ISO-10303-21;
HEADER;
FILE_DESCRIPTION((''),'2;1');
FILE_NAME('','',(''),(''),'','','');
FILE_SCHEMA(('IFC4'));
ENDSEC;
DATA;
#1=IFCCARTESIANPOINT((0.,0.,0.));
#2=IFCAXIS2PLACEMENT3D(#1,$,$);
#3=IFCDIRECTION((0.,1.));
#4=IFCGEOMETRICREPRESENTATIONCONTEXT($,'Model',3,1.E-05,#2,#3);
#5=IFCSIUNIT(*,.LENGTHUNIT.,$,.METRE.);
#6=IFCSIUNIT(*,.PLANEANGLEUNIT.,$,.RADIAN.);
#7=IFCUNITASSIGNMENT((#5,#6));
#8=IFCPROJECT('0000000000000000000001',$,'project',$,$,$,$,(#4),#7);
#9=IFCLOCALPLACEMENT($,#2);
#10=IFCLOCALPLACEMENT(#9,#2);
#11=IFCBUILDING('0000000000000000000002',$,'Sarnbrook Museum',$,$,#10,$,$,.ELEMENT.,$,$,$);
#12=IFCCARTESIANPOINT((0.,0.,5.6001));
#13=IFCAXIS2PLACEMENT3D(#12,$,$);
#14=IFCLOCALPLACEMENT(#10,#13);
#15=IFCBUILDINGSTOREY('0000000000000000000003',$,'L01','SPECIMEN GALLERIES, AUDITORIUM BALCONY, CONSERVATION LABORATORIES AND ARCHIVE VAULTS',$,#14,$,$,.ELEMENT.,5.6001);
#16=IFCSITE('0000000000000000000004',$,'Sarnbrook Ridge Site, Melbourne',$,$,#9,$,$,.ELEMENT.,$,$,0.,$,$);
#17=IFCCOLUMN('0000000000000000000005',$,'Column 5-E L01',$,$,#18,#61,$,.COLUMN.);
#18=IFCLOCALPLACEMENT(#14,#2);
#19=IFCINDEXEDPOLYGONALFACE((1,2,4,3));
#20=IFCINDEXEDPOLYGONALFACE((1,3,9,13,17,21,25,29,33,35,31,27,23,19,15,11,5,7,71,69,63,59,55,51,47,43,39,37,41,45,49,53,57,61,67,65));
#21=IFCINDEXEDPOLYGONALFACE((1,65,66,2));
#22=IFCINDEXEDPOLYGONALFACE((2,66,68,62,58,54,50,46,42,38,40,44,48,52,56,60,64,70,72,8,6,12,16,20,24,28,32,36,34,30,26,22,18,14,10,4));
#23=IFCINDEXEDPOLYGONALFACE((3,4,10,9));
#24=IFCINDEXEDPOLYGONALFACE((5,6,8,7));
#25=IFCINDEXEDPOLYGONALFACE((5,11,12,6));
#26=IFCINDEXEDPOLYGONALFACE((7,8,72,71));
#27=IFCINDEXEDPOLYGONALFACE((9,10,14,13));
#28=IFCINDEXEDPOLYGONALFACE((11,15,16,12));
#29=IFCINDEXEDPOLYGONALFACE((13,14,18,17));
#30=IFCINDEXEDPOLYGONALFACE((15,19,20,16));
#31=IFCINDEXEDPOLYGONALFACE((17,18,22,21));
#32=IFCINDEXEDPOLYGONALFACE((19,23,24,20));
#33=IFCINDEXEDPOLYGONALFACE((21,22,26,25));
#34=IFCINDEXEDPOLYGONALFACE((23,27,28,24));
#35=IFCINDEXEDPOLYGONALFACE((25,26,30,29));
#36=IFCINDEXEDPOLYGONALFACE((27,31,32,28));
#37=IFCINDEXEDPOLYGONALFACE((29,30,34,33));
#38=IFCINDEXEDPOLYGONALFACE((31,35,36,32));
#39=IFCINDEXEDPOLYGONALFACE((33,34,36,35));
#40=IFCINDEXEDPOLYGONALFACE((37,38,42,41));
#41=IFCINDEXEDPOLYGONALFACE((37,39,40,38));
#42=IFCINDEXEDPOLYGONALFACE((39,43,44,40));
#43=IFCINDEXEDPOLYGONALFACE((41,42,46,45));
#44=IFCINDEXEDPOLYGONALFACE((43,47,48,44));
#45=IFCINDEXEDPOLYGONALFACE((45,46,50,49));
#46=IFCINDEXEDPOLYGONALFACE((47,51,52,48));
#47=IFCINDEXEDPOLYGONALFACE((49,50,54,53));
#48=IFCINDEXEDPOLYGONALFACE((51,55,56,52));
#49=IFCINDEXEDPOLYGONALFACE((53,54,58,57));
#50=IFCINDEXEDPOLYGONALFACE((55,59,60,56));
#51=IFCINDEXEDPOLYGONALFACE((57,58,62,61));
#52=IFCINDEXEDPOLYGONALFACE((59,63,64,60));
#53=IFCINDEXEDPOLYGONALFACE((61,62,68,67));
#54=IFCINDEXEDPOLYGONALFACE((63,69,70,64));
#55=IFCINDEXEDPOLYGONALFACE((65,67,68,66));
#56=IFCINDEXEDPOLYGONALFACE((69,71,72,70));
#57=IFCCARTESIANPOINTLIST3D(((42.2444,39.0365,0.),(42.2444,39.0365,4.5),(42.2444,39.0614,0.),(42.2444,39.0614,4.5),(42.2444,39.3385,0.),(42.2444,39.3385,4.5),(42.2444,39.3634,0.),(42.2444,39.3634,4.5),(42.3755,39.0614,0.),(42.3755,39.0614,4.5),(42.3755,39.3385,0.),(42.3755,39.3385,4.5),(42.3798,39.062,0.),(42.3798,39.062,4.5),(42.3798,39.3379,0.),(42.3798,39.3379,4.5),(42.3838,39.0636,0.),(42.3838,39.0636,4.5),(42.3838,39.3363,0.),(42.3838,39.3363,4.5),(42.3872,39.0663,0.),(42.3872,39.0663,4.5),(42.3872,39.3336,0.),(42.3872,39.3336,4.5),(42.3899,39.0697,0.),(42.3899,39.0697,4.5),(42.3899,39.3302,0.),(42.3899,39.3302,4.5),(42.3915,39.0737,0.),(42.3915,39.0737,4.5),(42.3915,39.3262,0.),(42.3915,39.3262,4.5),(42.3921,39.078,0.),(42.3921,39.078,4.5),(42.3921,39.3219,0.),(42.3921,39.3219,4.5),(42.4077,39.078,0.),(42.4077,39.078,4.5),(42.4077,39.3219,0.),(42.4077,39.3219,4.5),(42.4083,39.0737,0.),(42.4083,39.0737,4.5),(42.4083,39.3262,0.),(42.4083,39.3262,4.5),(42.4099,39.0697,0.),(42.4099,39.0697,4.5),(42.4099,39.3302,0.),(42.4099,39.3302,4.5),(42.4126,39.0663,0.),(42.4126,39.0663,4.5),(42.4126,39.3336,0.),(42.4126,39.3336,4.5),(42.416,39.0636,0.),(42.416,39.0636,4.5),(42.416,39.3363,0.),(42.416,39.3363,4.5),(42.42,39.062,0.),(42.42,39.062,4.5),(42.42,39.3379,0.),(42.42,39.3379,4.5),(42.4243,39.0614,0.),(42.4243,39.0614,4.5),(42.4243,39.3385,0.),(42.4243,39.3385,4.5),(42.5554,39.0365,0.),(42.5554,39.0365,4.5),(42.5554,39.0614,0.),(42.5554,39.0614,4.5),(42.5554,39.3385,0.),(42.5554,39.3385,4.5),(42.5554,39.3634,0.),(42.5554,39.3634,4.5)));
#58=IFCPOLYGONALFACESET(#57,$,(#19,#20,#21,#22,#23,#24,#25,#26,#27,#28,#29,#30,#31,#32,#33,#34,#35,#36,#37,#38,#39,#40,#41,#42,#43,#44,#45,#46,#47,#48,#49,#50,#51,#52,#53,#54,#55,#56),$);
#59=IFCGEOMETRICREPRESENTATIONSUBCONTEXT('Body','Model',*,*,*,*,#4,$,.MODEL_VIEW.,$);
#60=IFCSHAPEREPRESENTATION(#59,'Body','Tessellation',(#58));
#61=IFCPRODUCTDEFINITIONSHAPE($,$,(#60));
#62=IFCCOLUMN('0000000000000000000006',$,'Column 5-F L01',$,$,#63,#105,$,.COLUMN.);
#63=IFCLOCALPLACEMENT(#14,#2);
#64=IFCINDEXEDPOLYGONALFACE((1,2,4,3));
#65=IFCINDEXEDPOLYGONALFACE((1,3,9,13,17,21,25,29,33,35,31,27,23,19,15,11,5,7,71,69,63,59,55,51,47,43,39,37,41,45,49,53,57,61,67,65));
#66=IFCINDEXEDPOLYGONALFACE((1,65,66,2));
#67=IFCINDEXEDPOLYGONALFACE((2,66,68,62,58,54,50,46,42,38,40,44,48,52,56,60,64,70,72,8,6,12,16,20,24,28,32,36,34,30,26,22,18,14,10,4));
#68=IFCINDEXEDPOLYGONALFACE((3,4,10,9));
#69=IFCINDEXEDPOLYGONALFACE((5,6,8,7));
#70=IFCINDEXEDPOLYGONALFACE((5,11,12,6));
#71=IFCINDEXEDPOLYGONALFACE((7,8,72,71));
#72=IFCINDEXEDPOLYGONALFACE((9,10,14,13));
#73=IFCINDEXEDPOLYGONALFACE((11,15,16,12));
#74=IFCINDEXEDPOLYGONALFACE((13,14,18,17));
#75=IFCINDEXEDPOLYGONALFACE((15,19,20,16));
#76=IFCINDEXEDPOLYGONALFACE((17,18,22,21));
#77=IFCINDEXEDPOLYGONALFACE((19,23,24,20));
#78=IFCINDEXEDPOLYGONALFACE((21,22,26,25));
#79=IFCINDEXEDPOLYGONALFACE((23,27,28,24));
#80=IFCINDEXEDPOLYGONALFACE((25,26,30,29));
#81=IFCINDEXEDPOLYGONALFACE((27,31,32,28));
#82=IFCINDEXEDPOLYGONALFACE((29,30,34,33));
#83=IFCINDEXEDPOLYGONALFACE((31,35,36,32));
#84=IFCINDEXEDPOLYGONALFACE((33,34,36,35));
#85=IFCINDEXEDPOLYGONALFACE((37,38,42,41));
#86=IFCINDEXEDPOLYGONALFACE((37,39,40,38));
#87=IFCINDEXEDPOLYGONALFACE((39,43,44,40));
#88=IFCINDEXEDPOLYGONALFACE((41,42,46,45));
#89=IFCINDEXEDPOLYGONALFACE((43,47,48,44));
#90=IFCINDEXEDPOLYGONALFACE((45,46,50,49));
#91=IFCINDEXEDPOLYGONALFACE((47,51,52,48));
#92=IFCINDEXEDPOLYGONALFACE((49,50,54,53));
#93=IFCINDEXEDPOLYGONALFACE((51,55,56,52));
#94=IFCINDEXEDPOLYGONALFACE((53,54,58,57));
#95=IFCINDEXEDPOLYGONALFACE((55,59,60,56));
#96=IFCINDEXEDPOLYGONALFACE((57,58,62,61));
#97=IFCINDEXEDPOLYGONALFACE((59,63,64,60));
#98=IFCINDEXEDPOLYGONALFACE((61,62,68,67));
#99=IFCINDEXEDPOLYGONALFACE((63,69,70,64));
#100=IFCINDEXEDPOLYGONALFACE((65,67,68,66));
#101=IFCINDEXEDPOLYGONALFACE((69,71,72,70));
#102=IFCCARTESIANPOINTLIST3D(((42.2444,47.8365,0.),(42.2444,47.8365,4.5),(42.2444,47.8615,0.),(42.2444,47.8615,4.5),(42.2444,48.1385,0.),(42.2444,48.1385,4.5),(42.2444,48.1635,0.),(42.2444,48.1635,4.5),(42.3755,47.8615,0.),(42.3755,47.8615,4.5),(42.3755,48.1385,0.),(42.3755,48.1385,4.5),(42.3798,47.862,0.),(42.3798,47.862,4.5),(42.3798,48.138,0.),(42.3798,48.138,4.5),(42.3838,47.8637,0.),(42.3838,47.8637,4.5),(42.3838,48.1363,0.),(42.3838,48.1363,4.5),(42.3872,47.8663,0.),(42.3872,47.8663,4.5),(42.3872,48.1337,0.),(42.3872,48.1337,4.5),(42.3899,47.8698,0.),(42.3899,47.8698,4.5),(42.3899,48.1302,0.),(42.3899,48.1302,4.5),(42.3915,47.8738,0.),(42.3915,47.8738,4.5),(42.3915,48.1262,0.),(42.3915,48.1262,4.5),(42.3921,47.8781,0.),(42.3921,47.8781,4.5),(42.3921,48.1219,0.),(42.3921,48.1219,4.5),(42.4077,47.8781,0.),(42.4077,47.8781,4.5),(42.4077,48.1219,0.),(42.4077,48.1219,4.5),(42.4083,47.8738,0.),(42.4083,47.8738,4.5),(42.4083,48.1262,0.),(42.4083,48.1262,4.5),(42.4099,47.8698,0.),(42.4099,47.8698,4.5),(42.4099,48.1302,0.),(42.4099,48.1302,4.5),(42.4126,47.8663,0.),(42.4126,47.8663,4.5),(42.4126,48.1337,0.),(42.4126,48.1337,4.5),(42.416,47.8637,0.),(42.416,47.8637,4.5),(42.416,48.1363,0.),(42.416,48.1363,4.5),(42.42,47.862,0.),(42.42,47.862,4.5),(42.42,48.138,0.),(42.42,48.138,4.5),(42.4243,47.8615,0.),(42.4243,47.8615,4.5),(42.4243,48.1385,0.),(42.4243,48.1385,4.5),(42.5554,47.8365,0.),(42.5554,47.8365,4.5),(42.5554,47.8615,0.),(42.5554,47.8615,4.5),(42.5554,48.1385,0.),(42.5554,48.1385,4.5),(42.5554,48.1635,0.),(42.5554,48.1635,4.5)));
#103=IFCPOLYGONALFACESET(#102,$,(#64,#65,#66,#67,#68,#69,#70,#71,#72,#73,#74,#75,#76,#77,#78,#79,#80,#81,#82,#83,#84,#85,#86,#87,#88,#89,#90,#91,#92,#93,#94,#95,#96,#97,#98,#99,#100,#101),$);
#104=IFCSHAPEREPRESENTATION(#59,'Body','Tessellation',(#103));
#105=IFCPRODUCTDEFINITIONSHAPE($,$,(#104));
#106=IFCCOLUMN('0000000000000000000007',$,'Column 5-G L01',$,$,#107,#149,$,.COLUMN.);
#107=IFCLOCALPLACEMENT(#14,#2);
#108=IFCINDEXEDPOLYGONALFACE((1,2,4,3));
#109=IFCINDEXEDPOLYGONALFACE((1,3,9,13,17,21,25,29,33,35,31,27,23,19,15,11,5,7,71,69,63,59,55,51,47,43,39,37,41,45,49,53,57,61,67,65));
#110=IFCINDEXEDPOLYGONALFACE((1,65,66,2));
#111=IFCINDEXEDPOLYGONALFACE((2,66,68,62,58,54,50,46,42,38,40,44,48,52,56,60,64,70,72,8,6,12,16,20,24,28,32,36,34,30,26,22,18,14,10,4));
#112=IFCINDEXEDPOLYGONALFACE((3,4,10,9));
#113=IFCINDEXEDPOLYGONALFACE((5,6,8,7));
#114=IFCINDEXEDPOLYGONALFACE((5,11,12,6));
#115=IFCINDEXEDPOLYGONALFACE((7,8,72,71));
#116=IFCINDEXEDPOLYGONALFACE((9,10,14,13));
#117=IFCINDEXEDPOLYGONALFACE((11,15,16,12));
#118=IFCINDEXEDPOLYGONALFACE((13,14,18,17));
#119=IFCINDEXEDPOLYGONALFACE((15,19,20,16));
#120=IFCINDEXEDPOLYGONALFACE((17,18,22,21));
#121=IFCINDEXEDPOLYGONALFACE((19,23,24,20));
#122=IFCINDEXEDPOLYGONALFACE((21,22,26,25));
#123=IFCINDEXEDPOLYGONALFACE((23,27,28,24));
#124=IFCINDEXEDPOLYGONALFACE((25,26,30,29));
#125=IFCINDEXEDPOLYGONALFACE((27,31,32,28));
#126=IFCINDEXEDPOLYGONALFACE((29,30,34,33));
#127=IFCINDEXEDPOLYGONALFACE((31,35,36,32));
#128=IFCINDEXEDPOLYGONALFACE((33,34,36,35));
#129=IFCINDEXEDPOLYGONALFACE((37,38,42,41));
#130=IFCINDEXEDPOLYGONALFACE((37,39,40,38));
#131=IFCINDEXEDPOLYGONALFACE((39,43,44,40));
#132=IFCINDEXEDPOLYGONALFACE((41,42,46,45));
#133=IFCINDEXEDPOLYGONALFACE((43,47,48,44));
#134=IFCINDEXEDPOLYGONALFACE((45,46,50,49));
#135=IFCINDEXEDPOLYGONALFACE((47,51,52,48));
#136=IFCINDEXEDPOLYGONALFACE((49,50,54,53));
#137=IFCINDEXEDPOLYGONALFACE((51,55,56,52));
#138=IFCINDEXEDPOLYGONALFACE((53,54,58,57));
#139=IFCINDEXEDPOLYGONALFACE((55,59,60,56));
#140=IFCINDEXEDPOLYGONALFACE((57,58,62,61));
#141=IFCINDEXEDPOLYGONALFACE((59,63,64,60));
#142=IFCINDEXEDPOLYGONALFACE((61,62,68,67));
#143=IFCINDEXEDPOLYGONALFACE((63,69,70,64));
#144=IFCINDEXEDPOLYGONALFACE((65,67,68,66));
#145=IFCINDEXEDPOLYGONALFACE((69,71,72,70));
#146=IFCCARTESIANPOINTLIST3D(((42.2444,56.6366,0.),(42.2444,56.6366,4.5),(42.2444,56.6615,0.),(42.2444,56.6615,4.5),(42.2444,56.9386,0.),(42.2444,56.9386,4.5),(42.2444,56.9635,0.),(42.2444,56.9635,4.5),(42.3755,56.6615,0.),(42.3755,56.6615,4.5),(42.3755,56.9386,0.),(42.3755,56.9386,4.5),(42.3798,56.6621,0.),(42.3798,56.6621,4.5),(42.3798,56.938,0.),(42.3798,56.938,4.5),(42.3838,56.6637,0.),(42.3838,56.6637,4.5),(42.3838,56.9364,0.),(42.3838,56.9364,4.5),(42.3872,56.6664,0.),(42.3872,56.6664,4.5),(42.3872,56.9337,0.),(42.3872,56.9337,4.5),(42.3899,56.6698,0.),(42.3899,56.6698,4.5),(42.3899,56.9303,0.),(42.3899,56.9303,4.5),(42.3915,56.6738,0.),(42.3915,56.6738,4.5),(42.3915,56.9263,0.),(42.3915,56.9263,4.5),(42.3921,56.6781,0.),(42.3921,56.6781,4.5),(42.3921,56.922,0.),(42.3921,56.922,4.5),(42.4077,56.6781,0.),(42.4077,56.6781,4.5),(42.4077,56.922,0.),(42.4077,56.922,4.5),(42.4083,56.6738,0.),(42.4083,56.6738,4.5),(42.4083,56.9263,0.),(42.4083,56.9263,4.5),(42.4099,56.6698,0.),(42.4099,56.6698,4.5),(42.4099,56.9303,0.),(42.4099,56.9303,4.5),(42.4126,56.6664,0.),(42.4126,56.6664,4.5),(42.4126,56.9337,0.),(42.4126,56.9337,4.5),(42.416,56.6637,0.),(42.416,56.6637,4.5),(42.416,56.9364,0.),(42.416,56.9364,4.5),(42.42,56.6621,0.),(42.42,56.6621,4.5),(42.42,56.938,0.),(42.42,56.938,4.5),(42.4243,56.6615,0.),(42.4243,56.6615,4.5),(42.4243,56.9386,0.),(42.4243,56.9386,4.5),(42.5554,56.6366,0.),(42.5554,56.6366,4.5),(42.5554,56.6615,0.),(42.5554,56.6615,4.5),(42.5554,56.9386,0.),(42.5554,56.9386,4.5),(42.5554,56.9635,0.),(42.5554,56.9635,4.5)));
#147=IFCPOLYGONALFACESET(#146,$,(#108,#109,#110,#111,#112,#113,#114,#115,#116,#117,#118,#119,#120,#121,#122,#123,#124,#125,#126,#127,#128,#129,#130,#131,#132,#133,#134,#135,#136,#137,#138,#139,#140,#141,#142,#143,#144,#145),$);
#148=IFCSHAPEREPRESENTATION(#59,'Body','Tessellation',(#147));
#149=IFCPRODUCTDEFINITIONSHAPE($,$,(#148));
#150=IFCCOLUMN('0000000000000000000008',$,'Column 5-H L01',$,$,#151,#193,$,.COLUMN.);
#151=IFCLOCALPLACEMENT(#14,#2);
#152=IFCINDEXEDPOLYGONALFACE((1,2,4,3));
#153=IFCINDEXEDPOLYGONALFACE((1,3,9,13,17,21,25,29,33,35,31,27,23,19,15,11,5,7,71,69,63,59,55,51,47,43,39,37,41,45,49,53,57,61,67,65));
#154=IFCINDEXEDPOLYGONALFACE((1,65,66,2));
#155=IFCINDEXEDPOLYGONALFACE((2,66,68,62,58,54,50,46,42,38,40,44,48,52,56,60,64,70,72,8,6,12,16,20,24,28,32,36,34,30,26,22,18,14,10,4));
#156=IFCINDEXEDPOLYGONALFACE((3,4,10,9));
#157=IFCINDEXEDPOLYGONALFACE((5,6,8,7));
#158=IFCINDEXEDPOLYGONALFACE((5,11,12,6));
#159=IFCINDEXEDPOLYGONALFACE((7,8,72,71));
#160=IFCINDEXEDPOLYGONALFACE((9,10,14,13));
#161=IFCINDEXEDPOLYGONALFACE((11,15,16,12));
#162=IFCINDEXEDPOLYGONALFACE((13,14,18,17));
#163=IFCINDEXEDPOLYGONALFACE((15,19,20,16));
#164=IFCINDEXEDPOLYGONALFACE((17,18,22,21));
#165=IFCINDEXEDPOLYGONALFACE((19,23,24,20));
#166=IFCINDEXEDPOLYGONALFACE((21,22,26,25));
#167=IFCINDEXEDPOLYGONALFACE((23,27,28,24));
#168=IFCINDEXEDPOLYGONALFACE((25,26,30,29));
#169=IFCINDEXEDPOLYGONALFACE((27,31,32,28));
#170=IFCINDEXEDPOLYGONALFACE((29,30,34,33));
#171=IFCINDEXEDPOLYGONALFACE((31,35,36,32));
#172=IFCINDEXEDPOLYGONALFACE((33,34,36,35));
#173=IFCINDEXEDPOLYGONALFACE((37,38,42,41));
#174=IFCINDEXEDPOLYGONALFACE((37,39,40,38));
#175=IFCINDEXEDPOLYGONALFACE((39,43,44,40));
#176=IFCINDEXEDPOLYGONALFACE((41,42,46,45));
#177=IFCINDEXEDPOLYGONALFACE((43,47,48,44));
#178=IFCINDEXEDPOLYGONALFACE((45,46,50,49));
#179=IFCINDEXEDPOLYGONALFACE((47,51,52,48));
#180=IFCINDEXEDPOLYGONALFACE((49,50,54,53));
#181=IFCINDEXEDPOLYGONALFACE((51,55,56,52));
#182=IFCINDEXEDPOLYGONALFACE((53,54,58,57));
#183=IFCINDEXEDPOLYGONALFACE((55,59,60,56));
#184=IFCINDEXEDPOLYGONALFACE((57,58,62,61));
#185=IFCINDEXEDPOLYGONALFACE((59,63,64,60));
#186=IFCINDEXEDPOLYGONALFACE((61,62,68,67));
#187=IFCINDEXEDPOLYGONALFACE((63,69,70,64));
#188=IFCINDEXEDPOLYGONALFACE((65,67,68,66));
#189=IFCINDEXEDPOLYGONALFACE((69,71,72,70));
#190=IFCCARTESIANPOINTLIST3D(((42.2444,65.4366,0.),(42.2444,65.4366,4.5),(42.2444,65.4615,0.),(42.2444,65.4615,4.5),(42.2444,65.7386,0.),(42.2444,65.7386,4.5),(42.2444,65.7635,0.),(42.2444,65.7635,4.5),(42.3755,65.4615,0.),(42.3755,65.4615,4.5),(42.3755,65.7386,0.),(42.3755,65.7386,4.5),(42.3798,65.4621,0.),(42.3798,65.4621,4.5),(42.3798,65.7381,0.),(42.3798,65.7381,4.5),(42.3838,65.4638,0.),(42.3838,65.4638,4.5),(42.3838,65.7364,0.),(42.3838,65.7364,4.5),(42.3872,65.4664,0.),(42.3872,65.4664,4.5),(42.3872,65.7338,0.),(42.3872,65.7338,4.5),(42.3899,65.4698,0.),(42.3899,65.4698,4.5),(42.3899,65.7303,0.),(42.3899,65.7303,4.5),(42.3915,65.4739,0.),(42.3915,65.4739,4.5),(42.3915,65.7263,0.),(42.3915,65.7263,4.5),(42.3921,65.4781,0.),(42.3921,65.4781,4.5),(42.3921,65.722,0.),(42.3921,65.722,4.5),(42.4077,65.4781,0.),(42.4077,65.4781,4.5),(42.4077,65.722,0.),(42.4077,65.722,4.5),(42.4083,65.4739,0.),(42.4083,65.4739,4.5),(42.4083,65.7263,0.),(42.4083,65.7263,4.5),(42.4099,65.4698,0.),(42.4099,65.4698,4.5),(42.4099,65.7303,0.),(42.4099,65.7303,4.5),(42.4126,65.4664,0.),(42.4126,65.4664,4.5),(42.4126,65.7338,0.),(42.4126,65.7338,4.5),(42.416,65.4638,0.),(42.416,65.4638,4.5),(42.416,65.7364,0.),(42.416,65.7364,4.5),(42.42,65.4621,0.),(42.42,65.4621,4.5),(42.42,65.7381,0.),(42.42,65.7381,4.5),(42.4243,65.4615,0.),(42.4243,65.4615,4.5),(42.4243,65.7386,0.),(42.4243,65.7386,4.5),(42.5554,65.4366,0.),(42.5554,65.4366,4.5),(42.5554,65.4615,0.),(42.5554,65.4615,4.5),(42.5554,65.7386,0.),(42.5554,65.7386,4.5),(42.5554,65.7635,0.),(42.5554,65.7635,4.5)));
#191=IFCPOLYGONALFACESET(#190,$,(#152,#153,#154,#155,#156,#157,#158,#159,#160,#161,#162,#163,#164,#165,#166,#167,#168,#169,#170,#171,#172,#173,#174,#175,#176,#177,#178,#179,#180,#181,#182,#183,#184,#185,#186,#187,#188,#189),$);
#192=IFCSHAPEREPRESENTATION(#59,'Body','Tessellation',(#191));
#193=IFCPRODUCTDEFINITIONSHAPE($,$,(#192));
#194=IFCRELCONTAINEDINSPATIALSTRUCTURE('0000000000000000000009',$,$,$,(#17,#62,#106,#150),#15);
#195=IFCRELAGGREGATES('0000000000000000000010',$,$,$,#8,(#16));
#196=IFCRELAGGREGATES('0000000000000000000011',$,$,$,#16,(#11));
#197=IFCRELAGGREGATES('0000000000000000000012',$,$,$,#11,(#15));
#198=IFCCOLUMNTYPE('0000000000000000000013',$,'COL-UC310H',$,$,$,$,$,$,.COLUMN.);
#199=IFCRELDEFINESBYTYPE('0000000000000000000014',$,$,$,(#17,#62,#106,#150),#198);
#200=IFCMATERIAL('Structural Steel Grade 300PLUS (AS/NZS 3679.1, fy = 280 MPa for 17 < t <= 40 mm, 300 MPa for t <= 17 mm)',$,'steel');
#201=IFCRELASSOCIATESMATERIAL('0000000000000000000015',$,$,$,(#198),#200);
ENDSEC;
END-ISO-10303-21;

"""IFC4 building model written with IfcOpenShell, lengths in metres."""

from ifc_helpers import new_model, si_unit, direction, frame, origin, origin_2d, place, context, subcontext, project, spatial, i_section, extrude, material, material_profile, profile_set, type_object, element, save


model = new_model("IFC4")

# Units and contexts
model_context = context("Model", 3, precision=1e-05, world=origin(), true_north=direction((0.0, 1.0)))
body_context = subcontext(model_context, "Body", "Model", "MODEL_VIEW")
ifc_project = project(units=[si_unit("LENGTHUNIT", "METRE"), si_unit("PLANEANGLEUNIT", "RADIAN")], contexts=[model_context])

# Site, building, storey
site_placement = place(None, origin())
site = spatial("IfcSite", under=ifc_project, at=site_placement, Name="Sarnbrook Ridge Site, Melbourne", CompositionType="ELEMENT", RefElevation=0.0)
building_placement = place(site_placement, origin())
building = spatial("IfcBuilding", under=site, at=building_placement, Name="Sarnbrook Museum", CompositionType="ELEMENT")
storey_placement = place(building_placement, frame((0.0, 0.0, 5.6001)))
storey = spatial("IfcBuildingStorey", under=building, at=storey_placement, Name="L01", Description="SPECIMEN GALLERIES, AUDITORIUM BALCONY, CONSERVATION LABORATORIES AND ARCHIVE VAULTS", CompositionType="ELEMENT", Elevation=5.6001)

# Columns
ifc_material_1 = material(Name="Structural Steel Grade 300PLUS (AS/NZS 3679.1, fy = 280 MPa for 17 < t <= 40 mm, 300 MPa for t <= 17 mm)", Category="steel")
ifc_material_profile_1 = material_profile(ifc_material_1, i_section(OverallWidth=0.311, OverallDepth=0.3269, WebThickness=0.0156, FlangeThickness=0.0249, FilletRadius=0.0166, at=origin_2d()), Name="310UC158")
ifc_profile_set_1 = profile_set([ifc_material_profile_1], Name="Structural Steel Grade 300PLUS (AS/NZS 3679.1, fy = 280 MPa for 17 < t <= 40 mm, 300 MPa for t <= 17 mm)")
column_type_1 = type_object("IfcColumnType", Name="COL-UC310H", PredefinedType="COLUMN", material=ifc_profile_set_1)
for number, where, z_axis, x_axis, name in (
    (1, (42.3999, 39.2, 0.0), (0.0, 0.0, 1.0), (1.0, 0.0, 0.0), "Column 5-E L01"),
    (2, (42.3999, 48.0, 0.0), (0.0, 0.0, 1.0), (1.0, 0.0, 0.0), "Column 5-F L01"),
    (3, (42.3999, 56.8, 0.0), (0.0, 0.0, 1.0), (1.0, 0.0, 0.0), "Column 5-G L01"),
    (4, (42.3999, 65.6001, 0.0), (0.0, 0.0, 1.0), (1.0, 0.0, 0.0), "Column 5-H L01"),
):
    element("IfcColumn", number, at=place(storey_placement, frame(where, z_axis=z_axis, x_axis=x_axis)), inside=storey, type_object=column_type_1, Name=name, PredefinedType="COLUMN", context=body_context, shape_type="SweptSolid", body=[
        extrude(i_section(OverallWidth=0.311, OverallDepth=0.3269, WebThickness=0.0156, FlangeThickness=0.0249, FilletRadius=0.0166, at=origin_2d()), origin(), (0.0, 0.0, 1.0), 4.5),
    ])

save(model, "model.ifc")
